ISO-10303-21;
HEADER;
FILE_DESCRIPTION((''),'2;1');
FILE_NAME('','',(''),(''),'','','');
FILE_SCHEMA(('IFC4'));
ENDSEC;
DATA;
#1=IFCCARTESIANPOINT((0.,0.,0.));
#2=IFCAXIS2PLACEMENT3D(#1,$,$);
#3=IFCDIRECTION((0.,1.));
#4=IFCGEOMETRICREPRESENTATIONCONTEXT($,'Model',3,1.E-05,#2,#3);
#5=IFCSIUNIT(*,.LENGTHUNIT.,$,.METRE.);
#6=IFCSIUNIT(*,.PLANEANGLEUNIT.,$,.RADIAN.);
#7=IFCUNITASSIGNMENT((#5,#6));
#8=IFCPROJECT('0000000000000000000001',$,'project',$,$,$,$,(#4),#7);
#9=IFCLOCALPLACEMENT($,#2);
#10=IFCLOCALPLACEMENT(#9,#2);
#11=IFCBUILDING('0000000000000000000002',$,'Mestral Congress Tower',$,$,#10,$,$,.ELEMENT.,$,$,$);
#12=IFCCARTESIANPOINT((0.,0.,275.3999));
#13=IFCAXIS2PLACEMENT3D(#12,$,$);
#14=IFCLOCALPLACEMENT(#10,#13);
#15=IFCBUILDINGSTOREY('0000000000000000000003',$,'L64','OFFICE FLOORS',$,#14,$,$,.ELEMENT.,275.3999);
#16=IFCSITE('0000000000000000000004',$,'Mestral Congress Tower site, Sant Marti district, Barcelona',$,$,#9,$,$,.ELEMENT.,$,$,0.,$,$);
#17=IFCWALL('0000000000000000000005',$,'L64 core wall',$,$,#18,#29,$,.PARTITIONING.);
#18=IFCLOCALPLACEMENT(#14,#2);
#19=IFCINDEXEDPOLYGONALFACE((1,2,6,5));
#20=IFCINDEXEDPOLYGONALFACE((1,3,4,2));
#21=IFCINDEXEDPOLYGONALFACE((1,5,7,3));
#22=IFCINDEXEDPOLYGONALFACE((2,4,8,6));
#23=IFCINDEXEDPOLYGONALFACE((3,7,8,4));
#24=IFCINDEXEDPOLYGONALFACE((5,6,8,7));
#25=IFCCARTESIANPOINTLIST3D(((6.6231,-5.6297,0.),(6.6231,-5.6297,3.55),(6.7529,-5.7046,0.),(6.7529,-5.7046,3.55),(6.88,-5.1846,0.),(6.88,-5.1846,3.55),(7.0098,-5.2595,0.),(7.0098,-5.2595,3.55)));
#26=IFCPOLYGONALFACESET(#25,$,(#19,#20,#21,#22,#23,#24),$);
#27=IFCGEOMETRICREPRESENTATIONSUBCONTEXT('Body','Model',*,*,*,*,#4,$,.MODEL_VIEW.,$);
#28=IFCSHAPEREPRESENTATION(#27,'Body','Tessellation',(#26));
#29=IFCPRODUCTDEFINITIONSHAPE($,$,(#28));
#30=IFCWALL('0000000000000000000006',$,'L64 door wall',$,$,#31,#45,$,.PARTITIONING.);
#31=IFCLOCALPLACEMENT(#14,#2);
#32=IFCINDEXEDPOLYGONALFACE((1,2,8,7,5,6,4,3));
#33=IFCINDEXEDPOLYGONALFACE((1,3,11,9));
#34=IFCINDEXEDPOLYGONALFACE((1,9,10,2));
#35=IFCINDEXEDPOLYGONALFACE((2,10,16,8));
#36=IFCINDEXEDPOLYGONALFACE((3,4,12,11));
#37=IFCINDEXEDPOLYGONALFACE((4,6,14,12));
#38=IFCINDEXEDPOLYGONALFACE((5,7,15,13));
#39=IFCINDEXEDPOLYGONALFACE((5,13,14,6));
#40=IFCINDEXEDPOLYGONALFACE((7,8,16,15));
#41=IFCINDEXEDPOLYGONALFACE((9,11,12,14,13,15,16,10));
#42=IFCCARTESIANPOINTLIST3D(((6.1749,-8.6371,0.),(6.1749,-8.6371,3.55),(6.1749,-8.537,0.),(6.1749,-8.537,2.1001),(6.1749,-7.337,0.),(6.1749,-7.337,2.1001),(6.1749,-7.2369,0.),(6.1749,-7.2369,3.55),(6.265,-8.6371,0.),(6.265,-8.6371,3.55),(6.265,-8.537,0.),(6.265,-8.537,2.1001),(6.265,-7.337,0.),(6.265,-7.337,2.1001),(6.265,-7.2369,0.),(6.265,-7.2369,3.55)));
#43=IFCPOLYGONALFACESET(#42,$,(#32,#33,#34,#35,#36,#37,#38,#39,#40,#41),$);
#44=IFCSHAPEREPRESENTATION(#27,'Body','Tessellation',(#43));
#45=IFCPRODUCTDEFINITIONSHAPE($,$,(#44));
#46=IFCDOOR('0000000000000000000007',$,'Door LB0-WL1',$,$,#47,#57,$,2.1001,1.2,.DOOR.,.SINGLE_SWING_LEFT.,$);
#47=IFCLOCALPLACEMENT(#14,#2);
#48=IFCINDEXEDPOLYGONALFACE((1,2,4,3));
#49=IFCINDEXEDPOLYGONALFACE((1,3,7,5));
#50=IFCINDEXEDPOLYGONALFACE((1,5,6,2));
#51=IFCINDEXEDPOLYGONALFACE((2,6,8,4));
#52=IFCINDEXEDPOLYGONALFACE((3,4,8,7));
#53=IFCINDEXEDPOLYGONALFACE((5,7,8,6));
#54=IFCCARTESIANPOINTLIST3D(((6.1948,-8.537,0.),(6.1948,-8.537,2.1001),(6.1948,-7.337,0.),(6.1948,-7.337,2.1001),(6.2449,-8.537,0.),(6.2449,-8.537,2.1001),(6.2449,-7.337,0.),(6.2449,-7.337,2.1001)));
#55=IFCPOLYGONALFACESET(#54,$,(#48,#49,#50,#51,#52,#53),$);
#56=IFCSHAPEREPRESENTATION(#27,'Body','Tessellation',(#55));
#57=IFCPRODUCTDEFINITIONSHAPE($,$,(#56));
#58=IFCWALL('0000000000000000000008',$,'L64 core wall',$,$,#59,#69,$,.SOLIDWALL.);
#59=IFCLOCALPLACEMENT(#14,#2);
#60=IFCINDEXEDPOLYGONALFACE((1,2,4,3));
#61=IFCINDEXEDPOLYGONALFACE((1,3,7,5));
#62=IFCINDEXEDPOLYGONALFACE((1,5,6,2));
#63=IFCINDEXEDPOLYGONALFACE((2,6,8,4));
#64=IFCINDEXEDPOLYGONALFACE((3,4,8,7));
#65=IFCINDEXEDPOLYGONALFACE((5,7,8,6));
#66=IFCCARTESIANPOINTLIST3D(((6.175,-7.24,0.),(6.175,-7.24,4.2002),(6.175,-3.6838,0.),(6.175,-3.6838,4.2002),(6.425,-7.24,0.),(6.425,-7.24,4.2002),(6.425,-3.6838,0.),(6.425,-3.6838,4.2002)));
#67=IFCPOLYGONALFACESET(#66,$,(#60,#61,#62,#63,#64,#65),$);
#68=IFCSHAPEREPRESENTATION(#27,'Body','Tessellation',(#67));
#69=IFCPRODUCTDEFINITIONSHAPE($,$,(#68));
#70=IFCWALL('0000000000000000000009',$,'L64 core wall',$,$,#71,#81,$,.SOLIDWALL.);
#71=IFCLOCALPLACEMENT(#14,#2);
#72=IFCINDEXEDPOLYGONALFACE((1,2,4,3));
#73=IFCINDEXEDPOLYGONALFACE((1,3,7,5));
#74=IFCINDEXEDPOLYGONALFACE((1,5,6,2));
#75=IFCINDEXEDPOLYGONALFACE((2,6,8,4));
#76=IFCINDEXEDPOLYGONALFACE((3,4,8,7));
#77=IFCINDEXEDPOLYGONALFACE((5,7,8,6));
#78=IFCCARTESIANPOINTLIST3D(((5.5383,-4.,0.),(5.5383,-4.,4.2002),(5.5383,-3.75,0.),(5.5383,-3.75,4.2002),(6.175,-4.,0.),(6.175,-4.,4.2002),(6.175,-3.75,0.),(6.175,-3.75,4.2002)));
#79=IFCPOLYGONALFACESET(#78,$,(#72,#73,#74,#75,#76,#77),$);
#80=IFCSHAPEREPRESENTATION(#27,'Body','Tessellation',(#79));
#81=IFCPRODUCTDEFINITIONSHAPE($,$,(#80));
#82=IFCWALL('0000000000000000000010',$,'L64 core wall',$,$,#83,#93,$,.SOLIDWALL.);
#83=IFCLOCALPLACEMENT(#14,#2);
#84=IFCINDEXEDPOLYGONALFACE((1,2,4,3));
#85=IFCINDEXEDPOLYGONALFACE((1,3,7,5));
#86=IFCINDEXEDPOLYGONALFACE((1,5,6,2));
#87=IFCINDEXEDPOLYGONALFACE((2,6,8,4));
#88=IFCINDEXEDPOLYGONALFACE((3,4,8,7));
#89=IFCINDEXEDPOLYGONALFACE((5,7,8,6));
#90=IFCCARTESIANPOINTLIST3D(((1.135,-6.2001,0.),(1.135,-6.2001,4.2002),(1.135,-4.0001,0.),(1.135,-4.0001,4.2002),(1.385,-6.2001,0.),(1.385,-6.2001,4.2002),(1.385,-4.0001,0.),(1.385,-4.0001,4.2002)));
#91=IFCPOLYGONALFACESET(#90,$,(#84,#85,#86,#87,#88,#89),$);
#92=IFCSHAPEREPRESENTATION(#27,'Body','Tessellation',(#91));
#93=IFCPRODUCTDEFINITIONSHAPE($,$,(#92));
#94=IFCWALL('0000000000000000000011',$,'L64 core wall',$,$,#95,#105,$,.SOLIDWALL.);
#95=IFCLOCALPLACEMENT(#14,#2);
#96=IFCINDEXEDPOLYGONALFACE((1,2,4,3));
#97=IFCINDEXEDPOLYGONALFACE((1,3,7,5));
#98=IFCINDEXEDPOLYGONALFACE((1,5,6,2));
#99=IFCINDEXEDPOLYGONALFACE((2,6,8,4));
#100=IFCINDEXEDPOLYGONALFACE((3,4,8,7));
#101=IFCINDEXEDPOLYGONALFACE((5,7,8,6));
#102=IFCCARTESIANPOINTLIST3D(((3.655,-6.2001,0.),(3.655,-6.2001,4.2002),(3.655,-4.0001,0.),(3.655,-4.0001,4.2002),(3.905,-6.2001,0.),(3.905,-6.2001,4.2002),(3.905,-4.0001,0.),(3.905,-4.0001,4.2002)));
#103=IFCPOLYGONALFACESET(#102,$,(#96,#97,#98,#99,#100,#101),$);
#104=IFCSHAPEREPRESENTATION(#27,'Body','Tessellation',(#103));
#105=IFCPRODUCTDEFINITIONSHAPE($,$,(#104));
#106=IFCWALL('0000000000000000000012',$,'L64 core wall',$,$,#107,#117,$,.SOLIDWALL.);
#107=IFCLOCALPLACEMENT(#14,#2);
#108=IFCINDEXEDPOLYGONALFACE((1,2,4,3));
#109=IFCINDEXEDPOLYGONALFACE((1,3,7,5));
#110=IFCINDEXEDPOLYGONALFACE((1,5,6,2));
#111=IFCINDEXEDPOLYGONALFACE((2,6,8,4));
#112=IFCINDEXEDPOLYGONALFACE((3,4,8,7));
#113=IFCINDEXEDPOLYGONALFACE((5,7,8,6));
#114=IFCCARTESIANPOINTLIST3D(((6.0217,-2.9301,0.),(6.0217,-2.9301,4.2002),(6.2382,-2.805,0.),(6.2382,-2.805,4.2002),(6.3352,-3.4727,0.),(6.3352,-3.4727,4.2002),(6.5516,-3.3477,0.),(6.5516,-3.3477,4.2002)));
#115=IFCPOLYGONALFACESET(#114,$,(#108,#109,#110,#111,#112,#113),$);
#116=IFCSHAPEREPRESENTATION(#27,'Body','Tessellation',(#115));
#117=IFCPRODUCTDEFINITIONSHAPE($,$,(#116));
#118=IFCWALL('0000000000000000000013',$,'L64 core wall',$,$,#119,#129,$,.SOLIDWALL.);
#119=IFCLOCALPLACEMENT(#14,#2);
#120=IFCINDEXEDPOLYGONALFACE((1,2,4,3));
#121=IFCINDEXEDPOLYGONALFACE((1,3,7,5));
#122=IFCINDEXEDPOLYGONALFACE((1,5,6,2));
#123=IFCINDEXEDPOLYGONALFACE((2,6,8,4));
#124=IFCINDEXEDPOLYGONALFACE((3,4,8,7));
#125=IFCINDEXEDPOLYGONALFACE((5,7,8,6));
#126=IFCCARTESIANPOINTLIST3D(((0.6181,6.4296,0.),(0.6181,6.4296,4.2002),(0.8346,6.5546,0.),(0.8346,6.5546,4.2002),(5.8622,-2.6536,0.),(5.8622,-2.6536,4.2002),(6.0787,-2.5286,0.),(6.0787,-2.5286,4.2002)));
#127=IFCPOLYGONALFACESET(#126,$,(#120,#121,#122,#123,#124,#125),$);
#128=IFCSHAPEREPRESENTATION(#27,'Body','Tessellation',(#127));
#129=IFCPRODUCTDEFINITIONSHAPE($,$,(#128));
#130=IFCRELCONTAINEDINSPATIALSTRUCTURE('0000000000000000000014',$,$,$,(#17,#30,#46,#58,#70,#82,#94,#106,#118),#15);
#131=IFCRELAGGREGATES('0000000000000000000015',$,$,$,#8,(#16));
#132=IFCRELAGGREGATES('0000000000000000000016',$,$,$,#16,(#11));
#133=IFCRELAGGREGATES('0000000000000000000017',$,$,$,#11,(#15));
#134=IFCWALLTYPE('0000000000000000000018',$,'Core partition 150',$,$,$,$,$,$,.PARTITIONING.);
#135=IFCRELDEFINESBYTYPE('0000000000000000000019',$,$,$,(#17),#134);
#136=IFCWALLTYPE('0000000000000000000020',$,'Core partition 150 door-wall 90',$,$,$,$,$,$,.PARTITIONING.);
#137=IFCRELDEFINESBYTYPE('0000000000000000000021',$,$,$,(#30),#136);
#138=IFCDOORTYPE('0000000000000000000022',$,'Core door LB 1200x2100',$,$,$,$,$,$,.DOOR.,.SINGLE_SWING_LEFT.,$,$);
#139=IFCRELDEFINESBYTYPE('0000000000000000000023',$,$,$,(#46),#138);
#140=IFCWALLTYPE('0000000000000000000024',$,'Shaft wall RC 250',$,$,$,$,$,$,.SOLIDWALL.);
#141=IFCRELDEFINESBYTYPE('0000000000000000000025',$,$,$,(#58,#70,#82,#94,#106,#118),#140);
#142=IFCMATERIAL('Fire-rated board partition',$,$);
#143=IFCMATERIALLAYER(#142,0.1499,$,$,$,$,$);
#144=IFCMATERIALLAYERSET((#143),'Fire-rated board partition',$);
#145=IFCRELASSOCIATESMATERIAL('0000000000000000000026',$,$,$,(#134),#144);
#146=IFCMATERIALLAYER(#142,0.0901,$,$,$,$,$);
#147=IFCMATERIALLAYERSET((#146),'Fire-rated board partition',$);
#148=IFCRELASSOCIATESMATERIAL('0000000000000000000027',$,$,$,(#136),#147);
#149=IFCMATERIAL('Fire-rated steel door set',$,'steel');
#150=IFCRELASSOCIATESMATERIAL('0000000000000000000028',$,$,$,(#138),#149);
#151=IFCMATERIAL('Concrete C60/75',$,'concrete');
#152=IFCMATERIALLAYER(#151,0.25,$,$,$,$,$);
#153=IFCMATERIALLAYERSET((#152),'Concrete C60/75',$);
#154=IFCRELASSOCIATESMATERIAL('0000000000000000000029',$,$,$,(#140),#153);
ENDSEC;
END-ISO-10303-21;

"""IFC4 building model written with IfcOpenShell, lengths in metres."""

from ifc_helpers import new_model, si_unit, direction, frame, frame_2d, origin, place, context, subcontext, project, spatial, rectangle, extrude, material, layer, layer_set, type_object, element, fill, save


model = new_model("IFC4")

# Units and contexts
model_context = context("Model", 3, precision=1e-05, world=origin(), true_north=direction((0.0, 1.0)))
body_context = subcontext(model_context, "Body", "Model", "MODEL_VIEW")
ifc_project = project(units=[si_unit("LENGTHUNIT", "METRE"), si_unit("PLANEANGLEUNIT", "RADIAN")], contexts=[model_context])

# Site, building, storey
site_placement = place(None, origin())
site = spatial("IfcSite", under=ifc_project, at=site_placement, Name="Mestral Congress Tower site, Sant Marti district, Barcelona", CompositionType="ELEMENT", RefElevation=0.0)
building_placement = place(site_placement, origin())
building = spatial("IfcBuilding", under=site, at=building_placement, Name="Mestral Congress Tower", CompositionType="ELEMENT")
storey_placement = place(building_placement, frame((0.0, 0.0, 275.3999)))
storey = spatial("IfcBuildingStorey", under=building, at=storey_placement, Name="L64", Description="OFFICE FLOORS", CompositionType="ELEMENT", Elevation=275.3999)

# Wall
ifc_material_1 = material(Name="Fire-rated board partition")
ifc_layer_1 = layer(ifc_material_1, 0.1499)
ifc_layer_set_1 = layer_set([ifc_layer_1], Name="Fire-rated board partition")
wall_type_1 = type_object("IfcWallType", Name="Core partition 150", PredefinedType="PARTITIONING", material=ifc_layer_set_1)
wall_1_placement = place(storey_placement, frame((6.9448, -5.2222, 0.0), z_axis=(0.0, 0.0, 1.0), x_axis=(-0.499818, -0.86613, 0.0)))
element("IfcWall", 1, at=wall_1_placement, inside=storey, type_object=wall_type_1, Name="L64 core wall", PredefinedType="PARTITIONING", context=body_context, shape_type="SweptSolid", body=[
    extrude(rectangle(XDim=0.5139, YDim=0.1499, at=frame_2d((0.2568, 0.0))), origin(), (0.0, 0.0, 1.0), 3.55),
])

# Wall, opening, door
ifc_layer_2 = layer(ifc_material_1, 0.0901)
ifc_layer_set_2 = layer_set([ifc_layer_2], Name="Fire-rated board partition")
wall_type_2 = type_object("IfcWallType", Name="Core partition 150 door-wall 90", PredefinedType="PARTITIONING", material=ifc_layer_set_2)
wall_2_placement = place(storey_placement, frame((6.22, -7.2368, 0.0), z_axis=(0.0, 0.0, 1.0), x_axis=(0.0, -1.0, 0.0)))
wall_2 = element("IfcWall", 2, at=wall_2_placement, inside=storey, type_object=wall_type_2, Name="L64 door wall", PredefinedType="PARTITIONING", context=body_context, shape_type="SweptSolid", body=[
    extrude(rectangle(XDim=1.4001, YDim=0.0901, at=frame_2d((0.7002, 0.0))), origin(), (0.0, 0.0, 1.0), 3.55),
])
opening_1_placement = place(wall_2_placement, frame((0.1001, 0.0, 0.0)))
opening_1 = element("IfcOpeningElement", 3, at=opening_1_placement, cuts=wall_2, PredefinedType="OPENING", context=body_context, shape_type="SweptSolid", body=[
    extrude(rectangle(XDim=1.2, YDim=2.1001, at=frame_2d((0.6001, 1.05))), frame((0.0, 0.0549, 0.0), z_axis=(0.0, -1.0, 0.0), x_axis=(1.0, 0.0, 0.0)), (0.0, 0.0, 1.0), 0.1101),
])
ifc_material_2 = material(Name="Fire-rated steel door set", Category="steel")
door_type_1 = type_object("IfcDoorType", Name="Core door LB 1200x2100", OperationType="SINGLE_SWING_LEFT", PredefinedType="DOOR", material=ifc_material_2)
door_1_placement = place(opening_1_placement, origin())
door_1 = element("IfcDoor", 4, at=door_1_placement, inside=storey, type_object=door_type_1, Name="Door LB0-WL1", OperationType="SINGLE_SWING_LEFT", OverallHeight=2.1001, OverallWidth=1.2, PredefinedType="DOOR", context=body_context, shape_type="SweptSolid", body=[
    extrude(rectangle(XDim=1.2, YDim=2.1001, at=frame_2d((0.6001, 1.05))), frame((0.0, 0.0249, 0.0), z_axis=(0.0, -1.0, 0.0), x_axis=(1.0, 0.0, 0.0)), (0.0, 0.0, 1.0), 0.05),
])
fill(opening_1, door_1)

# Walls
ifc_material_3 = material(Name="Concrete C60/75", Category="concrete")
ifc_layer_3 = layer(ifc_material_3, 0.25)
ifc_layer_set_3 = layer_set([ifc_layer_3], Name="Concrete C60/75")
wall_type_3 = type_object("IfcWallType", Name="Shaft wall RC 250", PredefinedType="SOLIDWALL", material=ifc_layer_set_3)
wall_3_placement = place(storey_placement, frame((6.3, -7.24, 0.0), z_axis=(0.0, 0.0, 1.0), x_axis=(0.0, 1.0, 0.0)))
element("IfcWall", 5, at=wall_3_placement, inside=storey, type_object=wall_type_3, Name="L64 core wall", PredefinedType="SOLIDWALL", context=body_context, shape_type="SweptSolid", body=[
    extrude(rectangle(XDim=3.5562, YDim=0.25, at=frame_2d((1.7781, 0.0))), origin(), (0.0, 0.0, 1.0), 4.2002),
])
wall_4_placement = place(storey_placement, frame((5.5383, -3.875, 0.0), z_axis=(0.0, 0.0, 1.0), x_axis=(1.0, 0.0, 0.0)))
element("IfcWall", 6, at=wall_4_placement, inside=storey, type_object=wall_type_3, Name="L64 core wall", PredefinedType="SOLIDWALL", context=body_context, shape_type="SweptSolid", body=[
    extrude(rectangle(XDim=0.6367, YDim=0.25, at=frame_2d((0.3184, 0.0))), origin(), (0.0, 0.0, 1.0), 4.2002),
])
for number, where, z_axis, x_axis, name in (
    (7, (1.26, -4.0, 0.0), (0.0, 0.0, 1.0), (0.0, -1.0, 0.0), "L64 core wall"),
    (8, (3.78, -4.0, 0.0), (0.0, 0.0, 1.0), (0.0, -1.0, 0.0), "L64 core wall"),
):
    element("IfcWall", number, at=place(storey_placement, frame(where, z_axis=z_axis, x_axis=x_axis)), inside=storey, type_object=wall_type_3, Name=name, PredefinedType="SOLIDWALL", context=body_context, shape_type="SweptSolid", body=[
        extrude(rectangle(XDim=2.2, YDim=0.25, at=frame_2d((1.1001, 0.0))), origin(), (0.0, 0.0, 1.0), 4.2002),
    ])
wall_5_placement = place(storey_placement, frame((6.1299, -2.8674, 0.0), z_axis=(0.0, 0.0, 1.0), x_axis=(0.500161, -0.865933, 0.0)))
element("IfcWall", 9, at=wall_5_placement, inside=storey, type_object=wall_type_3, Name="L64 core wall", PredefinedType="SOLIDWALL", context=body_context, shape_type="SweptSolid", body=[
    extrude(rectangle(XDim=0.6267, YDim=0.25, at=frame_2d((0.3135, 0.0))), origin(), (0.0, 0.0, 1.0), 4.2002),
])
wall_6_placement = place(storey_placement, frame((5.9705, -2.5911, 0.0), z_axis=(0.0, 0.0, 1.0), x_axis=(-0.499994, 0.866029, 0.0)))
element("IfcWall", 10, at=wall_6_placement, inside=storey, type_object=wall_type_3, Name="L64 core wall", PredefinedType="SOLIDWALL", context=body_context, shape_type="SweptSolid", body=[
    extrude(rectangle(XDim=10.4883, YDim=0.25, at=frame_2d((5.2441, 0.0))), origin(), (0.0, 0.0, 1.0), 4.2002),
])

save(model, "model.ifc")
